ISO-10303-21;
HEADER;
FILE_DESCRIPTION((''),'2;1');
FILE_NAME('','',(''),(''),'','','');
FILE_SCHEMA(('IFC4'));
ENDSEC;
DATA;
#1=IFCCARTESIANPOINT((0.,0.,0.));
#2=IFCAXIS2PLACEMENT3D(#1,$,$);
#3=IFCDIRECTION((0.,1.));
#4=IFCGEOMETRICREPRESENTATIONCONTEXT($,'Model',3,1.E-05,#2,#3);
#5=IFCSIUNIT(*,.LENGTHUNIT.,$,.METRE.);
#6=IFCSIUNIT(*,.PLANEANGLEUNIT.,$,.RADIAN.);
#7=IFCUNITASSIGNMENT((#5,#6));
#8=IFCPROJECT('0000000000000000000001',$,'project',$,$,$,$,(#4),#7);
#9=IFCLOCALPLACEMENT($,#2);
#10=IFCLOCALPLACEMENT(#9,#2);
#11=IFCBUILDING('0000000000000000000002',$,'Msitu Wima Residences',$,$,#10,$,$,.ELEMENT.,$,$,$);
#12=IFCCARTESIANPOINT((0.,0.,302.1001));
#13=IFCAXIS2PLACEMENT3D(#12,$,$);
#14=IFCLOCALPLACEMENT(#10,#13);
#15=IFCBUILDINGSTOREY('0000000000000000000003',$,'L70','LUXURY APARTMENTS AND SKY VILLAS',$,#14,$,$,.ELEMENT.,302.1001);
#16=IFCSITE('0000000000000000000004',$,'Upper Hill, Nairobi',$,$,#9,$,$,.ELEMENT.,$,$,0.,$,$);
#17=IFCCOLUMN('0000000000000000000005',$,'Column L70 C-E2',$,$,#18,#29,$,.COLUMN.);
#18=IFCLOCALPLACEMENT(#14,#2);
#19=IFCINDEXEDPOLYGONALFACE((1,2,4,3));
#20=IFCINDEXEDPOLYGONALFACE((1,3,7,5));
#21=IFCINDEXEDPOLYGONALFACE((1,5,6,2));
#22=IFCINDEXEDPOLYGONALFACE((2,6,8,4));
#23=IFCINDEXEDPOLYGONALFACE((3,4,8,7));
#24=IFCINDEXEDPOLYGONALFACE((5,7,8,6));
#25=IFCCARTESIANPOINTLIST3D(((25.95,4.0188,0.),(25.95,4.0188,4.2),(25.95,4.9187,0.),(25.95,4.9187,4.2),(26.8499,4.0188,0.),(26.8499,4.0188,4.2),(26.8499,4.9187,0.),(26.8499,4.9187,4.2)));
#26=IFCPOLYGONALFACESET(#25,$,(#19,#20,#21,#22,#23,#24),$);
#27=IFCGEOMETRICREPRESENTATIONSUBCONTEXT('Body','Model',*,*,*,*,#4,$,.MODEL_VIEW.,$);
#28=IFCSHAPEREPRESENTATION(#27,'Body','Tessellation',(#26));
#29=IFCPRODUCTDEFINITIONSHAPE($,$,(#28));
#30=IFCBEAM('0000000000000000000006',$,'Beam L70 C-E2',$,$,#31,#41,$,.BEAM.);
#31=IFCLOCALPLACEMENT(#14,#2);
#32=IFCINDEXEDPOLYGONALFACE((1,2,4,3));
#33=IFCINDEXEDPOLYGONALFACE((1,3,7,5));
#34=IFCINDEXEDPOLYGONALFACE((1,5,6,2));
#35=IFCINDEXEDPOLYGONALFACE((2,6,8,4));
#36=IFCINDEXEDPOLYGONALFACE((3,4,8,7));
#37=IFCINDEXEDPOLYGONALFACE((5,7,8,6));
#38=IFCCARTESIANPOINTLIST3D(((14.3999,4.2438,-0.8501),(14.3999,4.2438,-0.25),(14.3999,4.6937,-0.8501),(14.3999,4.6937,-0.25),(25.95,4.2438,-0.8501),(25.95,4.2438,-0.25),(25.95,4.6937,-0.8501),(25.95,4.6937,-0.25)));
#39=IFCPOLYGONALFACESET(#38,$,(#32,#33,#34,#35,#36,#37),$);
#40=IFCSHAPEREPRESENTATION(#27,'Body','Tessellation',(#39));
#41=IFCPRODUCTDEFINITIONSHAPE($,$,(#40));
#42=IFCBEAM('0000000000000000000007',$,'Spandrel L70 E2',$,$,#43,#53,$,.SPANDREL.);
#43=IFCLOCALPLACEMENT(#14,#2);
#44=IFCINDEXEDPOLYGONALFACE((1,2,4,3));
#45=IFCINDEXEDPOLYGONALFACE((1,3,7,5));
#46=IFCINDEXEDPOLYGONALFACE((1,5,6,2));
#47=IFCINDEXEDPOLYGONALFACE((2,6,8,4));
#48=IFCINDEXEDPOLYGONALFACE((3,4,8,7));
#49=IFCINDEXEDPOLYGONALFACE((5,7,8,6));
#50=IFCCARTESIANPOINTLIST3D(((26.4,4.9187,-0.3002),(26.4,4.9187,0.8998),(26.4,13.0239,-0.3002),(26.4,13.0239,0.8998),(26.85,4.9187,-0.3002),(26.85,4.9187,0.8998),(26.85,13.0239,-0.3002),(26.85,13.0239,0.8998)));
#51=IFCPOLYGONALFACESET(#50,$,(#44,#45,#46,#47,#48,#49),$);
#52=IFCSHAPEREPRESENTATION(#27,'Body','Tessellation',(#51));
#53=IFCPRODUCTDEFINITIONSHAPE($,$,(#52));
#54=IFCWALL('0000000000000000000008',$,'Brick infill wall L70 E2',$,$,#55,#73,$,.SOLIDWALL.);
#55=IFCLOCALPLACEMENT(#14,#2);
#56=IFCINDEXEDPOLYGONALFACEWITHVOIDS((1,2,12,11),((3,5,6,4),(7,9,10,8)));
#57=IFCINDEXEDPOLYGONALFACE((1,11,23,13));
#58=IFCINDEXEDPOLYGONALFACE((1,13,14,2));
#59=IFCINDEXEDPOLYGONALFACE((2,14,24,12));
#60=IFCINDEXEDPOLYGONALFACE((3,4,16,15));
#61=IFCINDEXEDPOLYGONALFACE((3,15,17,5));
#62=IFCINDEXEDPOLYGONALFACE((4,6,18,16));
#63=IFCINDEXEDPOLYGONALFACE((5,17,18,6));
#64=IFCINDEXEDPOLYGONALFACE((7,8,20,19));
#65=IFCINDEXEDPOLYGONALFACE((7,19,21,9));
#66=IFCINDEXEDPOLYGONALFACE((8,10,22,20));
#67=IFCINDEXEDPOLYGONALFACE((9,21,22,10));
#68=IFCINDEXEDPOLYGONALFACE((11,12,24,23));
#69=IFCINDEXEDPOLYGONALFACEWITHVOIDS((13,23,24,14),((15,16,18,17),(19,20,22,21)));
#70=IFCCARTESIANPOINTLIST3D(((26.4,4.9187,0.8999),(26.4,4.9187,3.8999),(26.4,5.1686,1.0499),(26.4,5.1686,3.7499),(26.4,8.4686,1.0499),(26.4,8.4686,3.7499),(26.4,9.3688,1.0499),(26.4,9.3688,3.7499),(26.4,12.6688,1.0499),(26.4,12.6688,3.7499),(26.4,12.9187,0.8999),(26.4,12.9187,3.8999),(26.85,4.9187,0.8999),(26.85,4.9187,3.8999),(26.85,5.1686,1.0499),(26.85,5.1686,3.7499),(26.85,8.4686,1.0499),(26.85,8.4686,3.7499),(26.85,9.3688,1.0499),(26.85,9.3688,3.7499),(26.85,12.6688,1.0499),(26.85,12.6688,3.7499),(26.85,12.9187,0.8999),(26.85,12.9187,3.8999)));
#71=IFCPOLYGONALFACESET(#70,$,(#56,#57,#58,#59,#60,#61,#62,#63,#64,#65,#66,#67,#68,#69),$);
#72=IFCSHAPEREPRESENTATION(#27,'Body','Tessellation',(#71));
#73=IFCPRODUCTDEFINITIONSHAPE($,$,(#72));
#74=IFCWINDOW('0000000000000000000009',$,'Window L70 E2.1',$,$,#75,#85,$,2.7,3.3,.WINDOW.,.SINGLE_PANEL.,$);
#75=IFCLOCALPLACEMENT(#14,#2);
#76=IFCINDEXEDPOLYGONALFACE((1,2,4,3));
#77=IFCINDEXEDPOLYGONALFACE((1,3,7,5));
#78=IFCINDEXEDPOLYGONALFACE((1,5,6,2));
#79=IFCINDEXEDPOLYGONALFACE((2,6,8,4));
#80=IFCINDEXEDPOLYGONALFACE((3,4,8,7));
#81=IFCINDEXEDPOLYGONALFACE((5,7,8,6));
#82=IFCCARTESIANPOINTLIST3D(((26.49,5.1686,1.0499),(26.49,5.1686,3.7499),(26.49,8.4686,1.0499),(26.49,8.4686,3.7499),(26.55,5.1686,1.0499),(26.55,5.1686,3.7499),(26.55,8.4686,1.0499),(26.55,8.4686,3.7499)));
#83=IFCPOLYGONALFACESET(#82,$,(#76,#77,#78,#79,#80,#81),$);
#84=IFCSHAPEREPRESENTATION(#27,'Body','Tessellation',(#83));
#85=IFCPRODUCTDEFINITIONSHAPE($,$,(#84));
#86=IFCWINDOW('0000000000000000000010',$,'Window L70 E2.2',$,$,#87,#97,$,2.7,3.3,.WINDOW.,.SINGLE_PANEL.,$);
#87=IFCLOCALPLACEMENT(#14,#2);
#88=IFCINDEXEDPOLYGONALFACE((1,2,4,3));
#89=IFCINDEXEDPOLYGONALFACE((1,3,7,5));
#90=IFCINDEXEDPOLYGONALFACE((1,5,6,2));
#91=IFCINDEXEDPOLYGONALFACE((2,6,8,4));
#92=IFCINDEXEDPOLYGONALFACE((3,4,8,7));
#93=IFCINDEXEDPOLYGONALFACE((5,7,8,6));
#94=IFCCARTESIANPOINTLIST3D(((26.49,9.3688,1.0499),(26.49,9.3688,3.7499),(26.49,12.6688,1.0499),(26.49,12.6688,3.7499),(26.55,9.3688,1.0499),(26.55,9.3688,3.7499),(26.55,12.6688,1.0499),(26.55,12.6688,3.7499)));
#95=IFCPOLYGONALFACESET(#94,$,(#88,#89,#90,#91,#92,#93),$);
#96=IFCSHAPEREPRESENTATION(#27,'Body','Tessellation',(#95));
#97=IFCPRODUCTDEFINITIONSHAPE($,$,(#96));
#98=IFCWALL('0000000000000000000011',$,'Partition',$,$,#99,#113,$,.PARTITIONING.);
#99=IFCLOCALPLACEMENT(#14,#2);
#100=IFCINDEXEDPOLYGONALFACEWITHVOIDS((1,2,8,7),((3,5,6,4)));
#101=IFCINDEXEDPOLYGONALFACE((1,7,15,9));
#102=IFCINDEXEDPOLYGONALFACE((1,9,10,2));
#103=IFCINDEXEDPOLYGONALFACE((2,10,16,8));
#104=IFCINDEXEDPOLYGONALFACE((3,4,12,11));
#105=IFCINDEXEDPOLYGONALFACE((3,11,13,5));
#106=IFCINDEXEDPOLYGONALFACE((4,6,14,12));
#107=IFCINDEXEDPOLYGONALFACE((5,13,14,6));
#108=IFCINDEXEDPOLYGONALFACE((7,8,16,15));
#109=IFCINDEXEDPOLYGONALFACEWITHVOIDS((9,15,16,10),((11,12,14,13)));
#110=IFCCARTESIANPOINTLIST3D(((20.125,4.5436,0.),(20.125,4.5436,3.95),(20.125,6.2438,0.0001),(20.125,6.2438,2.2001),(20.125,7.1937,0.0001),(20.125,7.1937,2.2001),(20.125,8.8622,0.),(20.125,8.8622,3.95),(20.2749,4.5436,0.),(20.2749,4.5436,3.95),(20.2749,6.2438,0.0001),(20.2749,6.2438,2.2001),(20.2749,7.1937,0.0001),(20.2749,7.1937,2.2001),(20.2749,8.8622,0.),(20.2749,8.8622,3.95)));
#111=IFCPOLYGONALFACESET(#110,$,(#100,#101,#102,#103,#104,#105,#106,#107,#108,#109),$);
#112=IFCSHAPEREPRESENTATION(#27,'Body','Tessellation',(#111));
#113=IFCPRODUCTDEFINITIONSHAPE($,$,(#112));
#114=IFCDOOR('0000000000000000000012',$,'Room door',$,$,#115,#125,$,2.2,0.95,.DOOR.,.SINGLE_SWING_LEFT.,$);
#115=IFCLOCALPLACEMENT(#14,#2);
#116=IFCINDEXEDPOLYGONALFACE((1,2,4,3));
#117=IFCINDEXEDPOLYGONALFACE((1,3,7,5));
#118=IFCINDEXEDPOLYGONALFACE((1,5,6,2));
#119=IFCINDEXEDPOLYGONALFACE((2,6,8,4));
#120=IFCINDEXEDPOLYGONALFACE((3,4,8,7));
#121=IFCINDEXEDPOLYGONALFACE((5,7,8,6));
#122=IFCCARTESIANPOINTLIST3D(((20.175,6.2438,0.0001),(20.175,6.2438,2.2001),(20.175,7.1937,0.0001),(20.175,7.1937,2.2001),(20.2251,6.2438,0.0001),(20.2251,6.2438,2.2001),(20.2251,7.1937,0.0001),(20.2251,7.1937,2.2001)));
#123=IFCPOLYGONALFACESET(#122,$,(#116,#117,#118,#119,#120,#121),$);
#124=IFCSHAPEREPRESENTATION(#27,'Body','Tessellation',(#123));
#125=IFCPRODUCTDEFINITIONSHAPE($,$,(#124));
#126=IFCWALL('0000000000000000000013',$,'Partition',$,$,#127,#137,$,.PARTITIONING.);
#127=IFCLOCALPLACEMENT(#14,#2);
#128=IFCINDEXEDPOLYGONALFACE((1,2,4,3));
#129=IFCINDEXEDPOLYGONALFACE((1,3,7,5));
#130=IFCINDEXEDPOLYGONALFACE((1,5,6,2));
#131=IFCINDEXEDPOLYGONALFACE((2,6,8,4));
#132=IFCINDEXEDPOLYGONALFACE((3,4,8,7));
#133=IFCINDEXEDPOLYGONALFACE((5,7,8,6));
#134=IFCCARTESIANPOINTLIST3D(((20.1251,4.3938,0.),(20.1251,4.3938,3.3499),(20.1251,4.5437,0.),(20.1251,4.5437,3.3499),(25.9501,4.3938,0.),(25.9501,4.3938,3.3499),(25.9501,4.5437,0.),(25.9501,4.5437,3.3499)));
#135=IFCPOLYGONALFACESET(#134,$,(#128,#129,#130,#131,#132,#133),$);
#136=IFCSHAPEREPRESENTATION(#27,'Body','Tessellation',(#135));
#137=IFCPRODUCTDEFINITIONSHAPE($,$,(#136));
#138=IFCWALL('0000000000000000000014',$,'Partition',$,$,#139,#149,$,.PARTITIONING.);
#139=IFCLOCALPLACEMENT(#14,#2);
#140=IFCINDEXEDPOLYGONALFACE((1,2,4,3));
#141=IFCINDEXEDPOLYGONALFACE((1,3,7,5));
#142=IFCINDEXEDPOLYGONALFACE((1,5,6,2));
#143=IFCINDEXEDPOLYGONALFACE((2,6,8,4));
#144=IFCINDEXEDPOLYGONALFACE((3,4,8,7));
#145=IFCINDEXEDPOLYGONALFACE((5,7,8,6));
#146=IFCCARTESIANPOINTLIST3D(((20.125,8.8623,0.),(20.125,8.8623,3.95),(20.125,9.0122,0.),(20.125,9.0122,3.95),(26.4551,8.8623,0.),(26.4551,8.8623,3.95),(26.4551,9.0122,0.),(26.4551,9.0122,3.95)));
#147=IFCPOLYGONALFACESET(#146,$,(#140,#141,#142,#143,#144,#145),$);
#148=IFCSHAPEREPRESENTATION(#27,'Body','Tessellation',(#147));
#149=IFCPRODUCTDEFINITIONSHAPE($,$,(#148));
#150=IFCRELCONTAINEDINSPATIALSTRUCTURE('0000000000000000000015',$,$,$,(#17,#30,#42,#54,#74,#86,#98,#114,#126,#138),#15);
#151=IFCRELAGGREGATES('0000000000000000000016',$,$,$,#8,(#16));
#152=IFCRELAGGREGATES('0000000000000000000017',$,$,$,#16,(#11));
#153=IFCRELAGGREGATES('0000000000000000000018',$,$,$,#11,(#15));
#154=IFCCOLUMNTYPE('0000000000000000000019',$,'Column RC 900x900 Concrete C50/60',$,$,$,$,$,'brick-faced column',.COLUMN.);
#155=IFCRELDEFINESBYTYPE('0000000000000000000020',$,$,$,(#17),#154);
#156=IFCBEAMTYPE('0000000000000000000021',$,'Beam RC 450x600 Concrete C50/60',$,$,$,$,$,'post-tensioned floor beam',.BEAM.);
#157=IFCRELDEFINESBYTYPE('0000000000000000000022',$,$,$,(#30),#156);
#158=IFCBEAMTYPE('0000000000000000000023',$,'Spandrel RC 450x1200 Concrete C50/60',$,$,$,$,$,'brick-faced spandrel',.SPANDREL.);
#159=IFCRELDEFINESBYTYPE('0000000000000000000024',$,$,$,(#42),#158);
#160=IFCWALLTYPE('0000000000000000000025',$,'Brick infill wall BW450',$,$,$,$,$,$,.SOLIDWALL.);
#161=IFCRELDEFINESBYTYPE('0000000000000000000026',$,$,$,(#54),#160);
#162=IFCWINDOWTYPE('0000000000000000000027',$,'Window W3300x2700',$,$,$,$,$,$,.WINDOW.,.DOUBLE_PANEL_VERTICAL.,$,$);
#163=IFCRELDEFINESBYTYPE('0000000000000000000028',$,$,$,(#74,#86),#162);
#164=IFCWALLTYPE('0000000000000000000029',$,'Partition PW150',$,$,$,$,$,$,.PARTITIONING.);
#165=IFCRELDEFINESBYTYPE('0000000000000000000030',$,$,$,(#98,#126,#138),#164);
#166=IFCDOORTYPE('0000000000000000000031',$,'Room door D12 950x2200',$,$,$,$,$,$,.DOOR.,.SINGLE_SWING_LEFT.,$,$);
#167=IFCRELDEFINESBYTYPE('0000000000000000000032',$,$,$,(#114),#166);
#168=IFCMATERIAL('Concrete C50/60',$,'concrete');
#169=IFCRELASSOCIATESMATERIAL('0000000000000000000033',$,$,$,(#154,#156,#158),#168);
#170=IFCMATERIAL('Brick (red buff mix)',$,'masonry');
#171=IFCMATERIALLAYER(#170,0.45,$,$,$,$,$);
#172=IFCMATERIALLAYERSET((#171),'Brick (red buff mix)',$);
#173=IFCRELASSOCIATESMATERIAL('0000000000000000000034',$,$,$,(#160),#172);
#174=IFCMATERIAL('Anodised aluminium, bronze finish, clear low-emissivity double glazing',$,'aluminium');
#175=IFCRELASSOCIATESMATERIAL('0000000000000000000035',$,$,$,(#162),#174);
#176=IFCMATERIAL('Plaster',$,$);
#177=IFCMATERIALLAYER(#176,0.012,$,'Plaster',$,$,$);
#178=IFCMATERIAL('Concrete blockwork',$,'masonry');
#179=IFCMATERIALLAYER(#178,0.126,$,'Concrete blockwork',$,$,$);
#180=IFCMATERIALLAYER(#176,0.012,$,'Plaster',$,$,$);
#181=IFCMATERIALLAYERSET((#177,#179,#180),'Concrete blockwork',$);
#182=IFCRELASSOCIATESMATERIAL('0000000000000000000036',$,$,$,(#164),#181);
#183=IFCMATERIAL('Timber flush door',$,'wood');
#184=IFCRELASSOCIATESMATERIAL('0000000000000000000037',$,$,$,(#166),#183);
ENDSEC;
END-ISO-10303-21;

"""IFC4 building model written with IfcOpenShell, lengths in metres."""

from ifc_helpers import new_model, si_unit, direction, frame, frame_2d, origin, origin_2d, place, context, subcontext, project, spatial, rectangle, extrude, material, layer, layer_set, material_profile, profile_set, type_object, element, fill, save


model = new_model("IFC4")

# Units and contexts
model_context = context("Model", 3, precision=1e-05, world=origin(), true_north=direction((0.0, 1.0)))
body_context = subcontext(model_context, "Body", "Model", "MODEL_VIEW")
ifc_project = project(units=[si_unit("LENGTHUNIT", "METRE"), si_unit("PLANEANGLEUNIT", "RADIAN")], contexts=[model_context])

# Site, building, storey
site_placement = place(None, origin())
site = spatial("IfcSite", under=ifc_project, at=site_placement, Name="Upper Hill, Nairobi", CompositionType="ELEMENT", RefElevation=0.0)
building_placement = place(site_placement, origin())
building = spatial("IfcBuilding", under=site, at=building_placement, Name="Msitu Wima Residences", CompositionType="ELEMENT")
storey_placement = place(building_placement, frame((0.0, 0.0, 302.1001)))
storey = spatial("IfcBuildingStorey", under=building, at=storey_placement, Name="L70", Description="LUXURY APARTMENTS AND SKY VILLAS", CompositionType="ELEMENT", Elevation=302.1001)

# Column
ifc_material_1 = material(Name="Concrete C50/60", Category="concrete")
ifc_material_profile_1 = material_profile(ifc_material_1, rectangle(XDim=0.8999, YDim=0.8999, at=origin_2d()), Name="RC 900x900")
ifc_profile_set_1 = profile_set([ifc_material_profile_1], Name="Concrete C50/60")
column_type = type_object("IfcColumnType", Name="Column RC 900x900 Concrete C50/60", ElementType="brick-faced column", PredefinedType="COLUMN", material=ifc_profile_set_1)
column_placement = place(storey_placement, frame((26.3999, 4.4688, 0.0), z_axis=(0.0, 0.0, 1.0), x_axis=(0.0, 1.0, 0.0)))
element("IfcColumn", 1, at=column_placement, inside=storey, type_object=column_type, Name="Column L70 C-E2", PredefinedType="COLUMN", context=body_context, shape_type="SweptSolid", body=[
    extrude(rectangle(XDim=0.8999, YDim=0.8999, at=origin_2d()), origin(), (0.0, 0.0, 1.0), 4.2),
])

# Beams
ifc_material_profile_2 = material_profile(ifc_material_1, rectangle(XDim=0.45, YDim=0.6001, at=origin_2d()), Name="RC 450x600")
ifc_profile_set_2 = profile_set([ifc_material_profile_2], Name="Concrete C50/60")
beam_type_1 = type_object("IfcBeamType", Name="Beam RC 450x600 Concrete C50/60", ElementType="post-tensioned floor beam", PredefinedType="BEAM", material=ifc_profile_set_2)
beam_1_placement = place(storey_placement, frame((25.95, 4.4688, -0.55), z_axis=(-1.0, 0.0, 0.0), x_axis=(0.0, -1.0, 0.0)))
element("IfcBeam", 2, at=beam_1_placement, inside=storey, type_object=beam_type_1, Name="Beam L70 C-E2", PredefinedType="BEAM", context=body_context, shape_type="SweptSolid", body=[
    extrude(rectangle(XDim=0.45, YDim=0.6001, at=origin_2d()), origin(), (0.0, 0.0, 1.0), 11.55),
])
ifc_material_profile_3 = material_profile(ifc_material_1, rectangle(XDim=0.45, YDim=1.2, at=origin_2d()), Name="RC 450x1200")
ifc_profile_set_3 = profile_set([ifc_material_profile_3], Name="Concrete C50/60")
beam_type_2 = type_object("IfcBeamType", Name="Spandrel RC 450x1200 Concrete C50/60", ElementType="brick-faced spandrel", PredefinedType="SPANDREL", material=ifc_profile_set_3)
beam_2_placement = place(storey_placement, frame((26.625, 4.9187, 0.2998), z_axis=(0.0, 1.0, 0.0), x_axis=(-1.0, 0.0, 0.0)))
element("IfcBeam", 3, at=beam_2_placement, inside=storey, type_object=beam_type_2, Name="Spandrel L70 E2", PredefinedType="SPANDREL", context=body_context, shape_type="SweptSolid", body=[
    extrude(rectangle(XDim=0.45, YDim=1.2, at=origin_2d()), origin(), (0.0, 0.0, 1.0), 8.1052),
])

# Wall, openings, windows
ifc_material_2 = material(Name="Brick (red buff mix)", Category="masonry")
ifc_layer_1 = layer(ifc_material_2, 0.45)
ifc_layer_set_1 = layer_set([ifc_layer_1], Name="Brick (red buff mix)")
wall_type_1 = type_object("IfcWallType", Name="Brick infill wall BW450", PredefinedType="SOLIDWALL", material=ifc_layer_set_1)
wall_1_placement = place(storey_placement, frame((26.625, 4.9187, 0.8999), z_axis=(0.0, 0.0, 1.0), x_axis=(0.0, 1.0, 0.0)))
wall_1 = element("IfcWall", 4, at=wall_1_placement, inside=storey, type_object=wall_type_1, Name="Brick infill wall L70 E2", PredefinedType="SOLIDWALL", context=body_context, shape_type="SweptSolid", body=[
    extrude(rectangle(XDim=8.0, YDim=0.45, at=frame_2d((4.0, 0.0))), origin(), (0.0, 0.0, 1.0), 3.0),
])
opening_1_placement = place(wall_1_placement, frame((0.25, 0.0, 0.1499)))
opening_1 = element("IfcOpeningElement", 5, at=opening_1_placement, cuts=wall_1, PredefinedType="OPENING", context=body_context, shape_type="SweptSolid", body=[
    extrude(rectangle(XDim=3.3, YDim=2.7, at=frame_2d((1.6499, 1.3501))), frame((0.0, 0.2349, 0.0), z_axis=(0.0, -1.0, 0.0), x_axis=(1.0, 0.0, 0.0)), (0.0, 0.0, 1.0), 0.47),
])
opening_2_placement = place(wall_1_placement, frame((4.4502, 0.0, 0.1499)))
opening_2 = element("IfcOpeningElement", 6, at=opening_2_placement, cuts=wall_1, PredefinedType="OPENING", context=body_context, shape_type="SweptSolid", body=[
    extrude(rectangle(XDim=3.3, YDim=2.7, at=frame_2d((1.6499, 1.3501))), frame((0.0, 0.2349, 0.0), z_axis=(0.0, -1.0, 0.0), x_axis=(1.0, 0.0, 0.0)), (0.0, 0.0, 1.0), 0.47),
])
ifc_material_3 = material(Name="Anodised aluminium, bronze finish, clear low-emissivity double glazing", Category="aluminium")
window_type = type_object("IfcWindowType", Name="Window W3300x2700", PartitioningType="DOUBLE_PANEL_VERTICAL", PredefinedType="WINDOW", material=ifc_material_3)
window_1_placement = place(opening_1_placement, origin())
window_1 = element("IfcWindow", 7, at=window_1_placement, inside=storey, type_object=window_type, Name="Window L70 E2.1", OverallHeight=2.7, OverallWidth=3.3, PartitioningType="SINGLE_PANEL", PredefinedType="WINDOW", context=body_context, shape_type="SweptSolid", body=[
    extrude(rectangle(XDim=3.3, YDim=2.7, at=frame_2d((1.6499, 1.3501))), frame((0.0, 0.135, 0.0), z_axis=(0.0, -1.0, 0.0), x_axis=(1.0, 0.0, 0.0)), (0.0, 0.0, 1.0), 0.0601),
])
fill(opening_1, window_1)
window_2_placement = place(opening_2_placement, origin())
window_2 = element("IfcWindow", 8, at=window_2_placement, inside=storey, type_object=window_type, Name="Window L70 E2.2", OverallHeight=2.7, OverallWidth=3.3, PartitioningType="SINGLE_PANEL", PredefinedType="WINDOW", context=body_context, shape_type="SweptSolid", body=[
    extrude(rectangle(XDim=3.3, YDim=2.7, at=frame_2d((1.6499, 1.3501))), frame((0.0, 0.135, 0.0), z_axis=(0.0, -1.0, 0.0), x_axis=(1.0, 0.0, 0.0)), (0.0, 0.0, 1.0), 0.0601),
])
fill(opening_2, window_2)

# Wall, opening, door
ifc_material_4 = material(Name="Plaster")
ifc_layer_2 = layer(ifc_material_4, 0.012, Name="Plaster")
ifc_material_5 = material(Name="Concrete blockwork", Category="masonry")
ifc_layer_3 = layer(ifc_material_5, 0.126, Name="Concrete blockwork")
ifc_layer_4 = layer(ifc_material_4, 0.012, Name="Plaster")
ifc_layer_set_2 = layer_set([ifc_layer_2, ifc_layer_3, ifc_layer_4], Name="Concrete blockwork")
wall_type_2 = type_object("IfcWallType", Name="Partition PW150", PredefinedType="PARTITIONING", material=ifc_layer_set_2)
wall_2_placement = place(storey_placement, frame((20.2, 4.5437, 0.0), z_axis=(0.0, 0.0, 1.0), x_axis=(0.0, 1.0, 0.0)))
wall_2 = element("IfcWall", 9, at=wall_2_placement, inside=storey, type_object=wall_type_2, Name="Partition", PredefinedType="PARTITIONING", context=body_context, shape_type="SweptSolid", body=[
    extrude(rectangle(XDim=4.3186, YDim=0.1499, at=frame_2d((2.1592, 0.0))), origin(), (0.0, 0.0, 1.0), 3.95),
])
opening_3_placement = place(wall_2_placement, frame((1.7, 0.0, 0.0)))
opening_3 = element("IfcOpeningElement", 10, at=opening_3_placement, cuts=wall_2, PredefinedType="OPENING", context=body_context, shape_type="SweptSolid", body=[
    extrude(rectangle(XDim=0.95, YDim=2.2, at=frame_2d((0.4751, 1.1001))), frame((0.0, 0.085, 0.0), z_axis=(0.0, -1.0, 0.0), x_axis=(1.0, 0.0, 0.0)), (0.0, 0.0, 1.0), 0.1699),
])
ifc_material_6 = material(Name="Timber flush door", Category="wood")
door_type_1 = type_object("IfcDoorType", Name="Room door D12 950x2200", OperationType="SINGLE_SWING_LEFT", PredefinedType="DOOR", material=ifc_material_6)
door_1_placement = place(opening_3_placement, origin())
door_1 = element("IfcDoor", 11, at=door_1_placement, inside=storey, type_object=door_type_1, Name="Room door", OperationType="SINGLE_SWING_LEFT", OverallHeight=2.2, OverallWidth=0.95, PredefinedType="DOOR", context=body_context, shape_type="SweptSolid", body=[
    extrude(rectangle(XDim=0.95, YDim=2.2, at=frame_2d((0.4751, 1.1001))), frame((0.0, 0.0249, 0.0), z_axis=(0.0, -1.0, 0.0), x_axis=(1.0, 0.0, 0.0)), (0.0, 0.0, 1.0), 0.05),
])
fill(opening_3, door_1)

# Walls
wall_3_placement = place(storey_placement, frame((20.125, 4.4688, 0.0), z_axis=(0.0, 0.0, 1.0), x_axis=(1.0, 0.0, 0.0)))
element("IfcWall", 12, at=wall_3_placement, inside=storey, type_object=wall_type_2, Name="Partition", PredefinedType="PARTITIONING", context=body_context, shape_type="SweptSolid", body=[
    extrude(rectangle(XDim=5.825, YDim=0.1499, at=frame_2d((2.9126, 0.0))), origin(), (0.0, 0.0, 1.0), 3.3499),
])
wall_4_placement = place(storey_placement, frame((20.125, 8.9373, 0.0), z_axis=(0.0, 0.0, 1.0), x_axis=(1.0, 0.0, 0.0)))
element("IfcWall", 13, at=wall_4_placement, inside=storey, type_object=wall_type_2, Name="Partition", PredefinedType="PARTITIONING", context=body_context, shape_type="SweptSolid", body=[
    extrude(rectangle(XDim=6.3301, YDim=0.1499, at=frame_2d((3.165, 0.0))), origin(), (0.0, 0.0, 1.0), 3.95),
])

save(model, "model.ifc")
